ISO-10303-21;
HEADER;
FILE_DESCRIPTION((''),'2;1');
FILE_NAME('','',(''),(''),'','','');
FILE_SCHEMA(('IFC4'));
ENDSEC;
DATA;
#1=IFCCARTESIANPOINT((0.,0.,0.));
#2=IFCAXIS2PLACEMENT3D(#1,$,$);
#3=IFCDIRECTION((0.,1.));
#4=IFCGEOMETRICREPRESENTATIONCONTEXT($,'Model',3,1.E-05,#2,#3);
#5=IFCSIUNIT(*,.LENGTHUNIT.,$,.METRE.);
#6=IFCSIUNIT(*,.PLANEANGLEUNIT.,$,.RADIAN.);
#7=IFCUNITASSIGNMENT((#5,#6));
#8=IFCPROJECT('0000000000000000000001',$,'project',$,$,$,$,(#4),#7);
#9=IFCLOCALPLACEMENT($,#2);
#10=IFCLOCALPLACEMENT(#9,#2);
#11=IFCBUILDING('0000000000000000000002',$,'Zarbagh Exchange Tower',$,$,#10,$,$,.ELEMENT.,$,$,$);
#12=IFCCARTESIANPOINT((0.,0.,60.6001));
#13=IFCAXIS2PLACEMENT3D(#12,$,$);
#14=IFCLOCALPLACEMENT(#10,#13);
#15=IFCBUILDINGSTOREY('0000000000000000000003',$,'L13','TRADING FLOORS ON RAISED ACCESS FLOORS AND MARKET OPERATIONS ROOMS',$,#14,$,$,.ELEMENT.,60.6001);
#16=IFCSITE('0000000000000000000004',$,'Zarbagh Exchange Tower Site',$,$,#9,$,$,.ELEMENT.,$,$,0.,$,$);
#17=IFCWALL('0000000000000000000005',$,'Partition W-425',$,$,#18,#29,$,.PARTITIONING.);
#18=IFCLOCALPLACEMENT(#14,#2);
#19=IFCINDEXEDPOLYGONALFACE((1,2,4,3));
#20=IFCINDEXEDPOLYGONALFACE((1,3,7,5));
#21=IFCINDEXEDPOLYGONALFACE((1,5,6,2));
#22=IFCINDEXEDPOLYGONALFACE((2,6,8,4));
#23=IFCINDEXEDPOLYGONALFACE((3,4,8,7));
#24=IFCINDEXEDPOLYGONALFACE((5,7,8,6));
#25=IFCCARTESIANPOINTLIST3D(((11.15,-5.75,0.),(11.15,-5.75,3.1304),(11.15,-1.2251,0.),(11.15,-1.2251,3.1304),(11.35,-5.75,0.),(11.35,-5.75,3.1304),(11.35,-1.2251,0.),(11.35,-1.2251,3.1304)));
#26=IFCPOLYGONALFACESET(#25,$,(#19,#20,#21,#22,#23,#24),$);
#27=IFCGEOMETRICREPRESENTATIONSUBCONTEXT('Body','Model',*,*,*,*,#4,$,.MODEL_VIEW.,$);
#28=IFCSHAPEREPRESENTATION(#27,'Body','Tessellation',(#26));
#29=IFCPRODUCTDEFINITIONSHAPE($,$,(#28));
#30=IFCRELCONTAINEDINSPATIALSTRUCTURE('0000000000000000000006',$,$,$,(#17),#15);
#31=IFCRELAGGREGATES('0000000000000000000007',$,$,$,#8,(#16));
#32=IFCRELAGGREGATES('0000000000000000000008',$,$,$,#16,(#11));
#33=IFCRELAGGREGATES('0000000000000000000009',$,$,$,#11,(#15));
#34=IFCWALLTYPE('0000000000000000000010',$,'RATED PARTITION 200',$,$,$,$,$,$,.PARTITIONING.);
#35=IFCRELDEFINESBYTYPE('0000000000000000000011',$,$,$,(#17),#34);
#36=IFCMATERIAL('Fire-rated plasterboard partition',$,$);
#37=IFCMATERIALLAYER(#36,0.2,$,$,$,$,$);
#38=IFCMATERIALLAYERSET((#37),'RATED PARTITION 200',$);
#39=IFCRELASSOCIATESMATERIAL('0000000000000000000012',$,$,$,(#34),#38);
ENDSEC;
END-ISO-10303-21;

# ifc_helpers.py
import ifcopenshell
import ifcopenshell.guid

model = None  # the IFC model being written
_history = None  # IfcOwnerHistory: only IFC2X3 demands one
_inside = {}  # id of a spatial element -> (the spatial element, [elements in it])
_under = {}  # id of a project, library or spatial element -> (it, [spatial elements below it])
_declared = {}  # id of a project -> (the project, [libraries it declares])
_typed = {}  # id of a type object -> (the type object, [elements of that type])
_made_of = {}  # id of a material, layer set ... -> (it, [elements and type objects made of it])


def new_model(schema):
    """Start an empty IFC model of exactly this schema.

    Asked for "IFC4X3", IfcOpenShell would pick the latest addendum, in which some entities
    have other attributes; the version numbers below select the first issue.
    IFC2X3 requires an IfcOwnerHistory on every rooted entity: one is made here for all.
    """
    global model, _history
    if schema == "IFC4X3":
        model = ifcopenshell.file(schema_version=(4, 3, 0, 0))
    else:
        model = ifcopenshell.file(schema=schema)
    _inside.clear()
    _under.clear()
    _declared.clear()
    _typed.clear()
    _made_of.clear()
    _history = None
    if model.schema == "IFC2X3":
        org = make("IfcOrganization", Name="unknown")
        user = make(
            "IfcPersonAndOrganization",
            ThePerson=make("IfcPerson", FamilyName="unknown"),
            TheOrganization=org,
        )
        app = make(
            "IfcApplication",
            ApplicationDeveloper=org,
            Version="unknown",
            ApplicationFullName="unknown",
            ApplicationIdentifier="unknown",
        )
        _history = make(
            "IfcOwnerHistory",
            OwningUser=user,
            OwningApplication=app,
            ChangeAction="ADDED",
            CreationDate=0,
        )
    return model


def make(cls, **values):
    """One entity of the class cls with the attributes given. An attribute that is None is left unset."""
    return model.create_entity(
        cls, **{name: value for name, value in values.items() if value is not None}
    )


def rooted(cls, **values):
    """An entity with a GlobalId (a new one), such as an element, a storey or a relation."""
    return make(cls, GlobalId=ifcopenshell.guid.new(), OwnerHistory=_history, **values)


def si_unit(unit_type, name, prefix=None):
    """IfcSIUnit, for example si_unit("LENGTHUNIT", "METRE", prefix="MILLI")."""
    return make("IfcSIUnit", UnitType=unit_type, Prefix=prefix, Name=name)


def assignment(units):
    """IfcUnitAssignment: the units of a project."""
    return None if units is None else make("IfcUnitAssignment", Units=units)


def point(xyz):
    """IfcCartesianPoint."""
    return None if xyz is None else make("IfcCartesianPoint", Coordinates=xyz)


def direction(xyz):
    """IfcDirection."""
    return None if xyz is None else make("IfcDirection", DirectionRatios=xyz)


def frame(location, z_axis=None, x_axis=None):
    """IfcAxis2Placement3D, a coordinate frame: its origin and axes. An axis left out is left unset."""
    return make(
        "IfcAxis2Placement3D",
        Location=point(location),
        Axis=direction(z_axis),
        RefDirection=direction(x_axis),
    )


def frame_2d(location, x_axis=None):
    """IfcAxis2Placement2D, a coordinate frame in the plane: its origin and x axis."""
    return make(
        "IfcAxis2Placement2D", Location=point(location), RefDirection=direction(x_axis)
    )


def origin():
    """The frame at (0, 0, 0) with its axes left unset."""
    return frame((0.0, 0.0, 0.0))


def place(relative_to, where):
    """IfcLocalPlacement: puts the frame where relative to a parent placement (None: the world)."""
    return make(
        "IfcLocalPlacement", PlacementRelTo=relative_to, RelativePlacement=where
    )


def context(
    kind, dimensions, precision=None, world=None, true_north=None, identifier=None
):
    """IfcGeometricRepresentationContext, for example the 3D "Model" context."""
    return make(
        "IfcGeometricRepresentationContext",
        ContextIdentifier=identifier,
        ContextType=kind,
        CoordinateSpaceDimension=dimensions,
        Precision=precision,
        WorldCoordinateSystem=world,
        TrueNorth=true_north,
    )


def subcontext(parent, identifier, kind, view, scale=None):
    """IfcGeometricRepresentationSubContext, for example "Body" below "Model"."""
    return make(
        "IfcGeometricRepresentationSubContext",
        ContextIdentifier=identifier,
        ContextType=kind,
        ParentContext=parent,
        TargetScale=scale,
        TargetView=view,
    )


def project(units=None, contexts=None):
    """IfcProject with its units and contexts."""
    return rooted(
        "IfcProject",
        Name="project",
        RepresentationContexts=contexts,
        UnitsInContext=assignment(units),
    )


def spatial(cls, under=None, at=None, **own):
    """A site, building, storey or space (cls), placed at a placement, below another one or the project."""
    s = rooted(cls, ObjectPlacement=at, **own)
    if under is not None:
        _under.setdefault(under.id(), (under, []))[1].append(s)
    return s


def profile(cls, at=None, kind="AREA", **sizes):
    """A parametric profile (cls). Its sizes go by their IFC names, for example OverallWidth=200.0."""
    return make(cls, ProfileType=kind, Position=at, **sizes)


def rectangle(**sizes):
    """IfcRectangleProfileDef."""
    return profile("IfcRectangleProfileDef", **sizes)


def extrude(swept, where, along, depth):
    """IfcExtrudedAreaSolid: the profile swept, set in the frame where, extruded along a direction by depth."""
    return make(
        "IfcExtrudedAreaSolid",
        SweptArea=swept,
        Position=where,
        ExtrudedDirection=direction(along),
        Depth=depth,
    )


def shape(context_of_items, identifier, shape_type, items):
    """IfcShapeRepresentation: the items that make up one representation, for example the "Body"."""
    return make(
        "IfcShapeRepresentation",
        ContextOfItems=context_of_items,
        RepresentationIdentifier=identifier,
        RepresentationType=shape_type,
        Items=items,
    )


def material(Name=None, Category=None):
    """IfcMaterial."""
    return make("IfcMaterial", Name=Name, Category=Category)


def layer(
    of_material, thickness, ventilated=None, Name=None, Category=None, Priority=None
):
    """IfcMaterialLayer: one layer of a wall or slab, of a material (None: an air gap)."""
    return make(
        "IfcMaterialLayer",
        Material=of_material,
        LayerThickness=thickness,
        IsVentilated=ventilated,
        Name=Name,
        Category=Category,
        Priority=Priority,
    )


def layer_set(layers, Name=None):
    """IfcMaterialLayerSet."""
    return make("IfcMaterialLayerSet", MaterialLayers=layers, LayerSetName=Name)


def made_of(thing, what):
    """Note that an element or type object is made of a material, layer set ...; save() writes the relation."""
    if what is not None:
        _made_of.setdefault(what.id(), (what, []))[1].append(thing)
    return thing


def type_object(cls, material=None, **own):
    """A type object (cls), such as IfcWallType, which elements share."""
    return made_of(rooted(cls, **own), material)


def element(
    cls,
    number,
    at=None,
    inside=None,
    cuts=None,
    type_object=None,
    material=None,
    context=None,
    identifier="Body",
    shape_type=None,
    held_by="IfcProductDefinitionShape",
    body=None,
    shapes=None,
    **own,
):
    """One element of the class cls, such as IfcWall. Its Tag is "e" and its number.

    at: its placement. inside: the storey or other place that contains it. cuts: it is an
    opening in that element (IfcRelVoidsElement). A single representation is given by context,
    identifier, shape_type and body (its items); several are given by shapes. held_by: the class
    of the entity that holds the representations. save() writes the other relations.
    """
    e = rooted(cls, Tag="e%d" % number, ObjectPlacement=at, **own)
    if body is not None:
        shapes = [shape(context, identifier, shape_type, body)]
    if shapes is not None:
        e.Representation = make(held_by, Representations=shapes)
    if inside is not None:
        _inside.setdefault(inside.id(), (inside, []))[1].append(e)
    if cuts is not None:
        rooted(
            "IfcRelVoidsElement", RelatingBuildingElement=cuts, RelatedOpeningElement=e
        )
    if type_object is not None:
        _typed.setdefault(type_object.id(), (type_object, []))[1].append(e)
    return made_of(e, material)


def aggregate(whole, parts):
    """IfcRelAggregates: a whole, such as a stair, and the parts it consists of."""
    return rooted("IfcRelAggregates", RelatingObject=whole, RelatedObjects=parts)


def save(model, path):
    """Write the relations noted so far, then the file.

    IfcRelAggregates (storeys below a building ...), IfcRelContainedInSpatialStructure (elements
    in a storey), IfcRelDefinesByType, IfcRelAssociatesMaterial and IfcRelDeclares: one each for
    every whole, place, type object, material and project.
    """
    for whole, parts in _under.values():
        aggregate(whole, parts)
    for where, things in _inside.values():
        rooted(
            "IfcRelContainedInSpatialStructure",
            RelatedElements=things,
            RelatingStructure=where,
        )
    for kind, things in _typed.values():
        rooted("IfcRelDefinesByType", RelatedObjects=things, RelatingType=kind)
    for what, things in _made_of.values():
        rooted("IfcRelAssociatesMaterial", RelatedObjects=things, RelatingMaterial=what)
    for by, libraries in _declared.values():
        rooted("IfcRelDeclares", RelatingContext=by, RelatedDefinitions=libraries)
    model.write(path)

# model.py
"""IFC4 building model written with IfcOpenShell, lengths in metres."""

from ifc_helpers import new_model, si_unit, direction, frame, frame_2d, origin, place, context, subcontext, project, spatial, rectangle, extrude, material, layer, layer_set, type_object, element, save


model = new_model("IFC4")

# Units and contexts
model_context = context("Model", 3, precision=1e-05, world=origin(), true_north=direction((0.0, 1.0)))
body_context = subcontext(model_context, "Body", "Model", "MODEL_VIEW")
ifc_project = project(units=[si_unit("LENGTHUNIT", "METRE"), si_unit("PLANEANGLEUNIT", "RADIAN")], contexts=[model_context])

# Site, building, storey
site_placement = place(None, origin())
site = spatial("IfcSite", under=ifc_project, at=site_placement, Name="Zarbagh Exchange Tower Site", CompositionType="ELEMENT", RefElevation=0.0)
building_placement = place(site_placement, origin())
building = spatial("IfcBuilding", under=site, at=building_placement, Name="Zarbagh Exchange Tower", CompositionType="ELEMENT")
storey_placement = place(building_placement, frame((0.0, 0.0, 60.6001)))
storey = spatial("IfcBuildingStorey", under=building, at=storey_placement, Name="L13", Description="TRADING FLOORS ON RAISED ACCESS FLOORS AND MARKET OPERATIONS ROOMS", CompositionType="ELEMENT", Elevation=60.6001)

# Shared definitions
ifc_material_1 = material(Name="Fire-rated plasterboard partition")
ifc_layer_1 = layer(ifc_material_1, 0.2)
ifc_layer_set_1 = layer_set([ifc_layer_1], Name="RATED PARTITION 200")
wall_type_1 = type_object("IfcWallType", Name="RATED PARTITION 200", PredefinedType="PARTITIONING", material=ifc_layer_set_1)

# Wall
wall_1_placement = place(storey_placement, frame((11.25, -5.75, 0.0), z_axis=(0.0, 0.0, 1.0), x_axis=(0.0, 1.0, 0.0)))
element("IfcWall", 1, at=wall_1_placement, inside=storey, type_object=wall_type_1, Name="Partition W-425", PredefinedType="PARTITIONING", context=body_context, shape_type="SweptSolid", body=[
    extrude(rectangle(XDim=4.5249, YDim=0.2, at=frame_2d((2.2625, 0.0))), origin(), (0.0, 0.0, 1.0), 3.1304),
])

save(model, "model.ifc")
